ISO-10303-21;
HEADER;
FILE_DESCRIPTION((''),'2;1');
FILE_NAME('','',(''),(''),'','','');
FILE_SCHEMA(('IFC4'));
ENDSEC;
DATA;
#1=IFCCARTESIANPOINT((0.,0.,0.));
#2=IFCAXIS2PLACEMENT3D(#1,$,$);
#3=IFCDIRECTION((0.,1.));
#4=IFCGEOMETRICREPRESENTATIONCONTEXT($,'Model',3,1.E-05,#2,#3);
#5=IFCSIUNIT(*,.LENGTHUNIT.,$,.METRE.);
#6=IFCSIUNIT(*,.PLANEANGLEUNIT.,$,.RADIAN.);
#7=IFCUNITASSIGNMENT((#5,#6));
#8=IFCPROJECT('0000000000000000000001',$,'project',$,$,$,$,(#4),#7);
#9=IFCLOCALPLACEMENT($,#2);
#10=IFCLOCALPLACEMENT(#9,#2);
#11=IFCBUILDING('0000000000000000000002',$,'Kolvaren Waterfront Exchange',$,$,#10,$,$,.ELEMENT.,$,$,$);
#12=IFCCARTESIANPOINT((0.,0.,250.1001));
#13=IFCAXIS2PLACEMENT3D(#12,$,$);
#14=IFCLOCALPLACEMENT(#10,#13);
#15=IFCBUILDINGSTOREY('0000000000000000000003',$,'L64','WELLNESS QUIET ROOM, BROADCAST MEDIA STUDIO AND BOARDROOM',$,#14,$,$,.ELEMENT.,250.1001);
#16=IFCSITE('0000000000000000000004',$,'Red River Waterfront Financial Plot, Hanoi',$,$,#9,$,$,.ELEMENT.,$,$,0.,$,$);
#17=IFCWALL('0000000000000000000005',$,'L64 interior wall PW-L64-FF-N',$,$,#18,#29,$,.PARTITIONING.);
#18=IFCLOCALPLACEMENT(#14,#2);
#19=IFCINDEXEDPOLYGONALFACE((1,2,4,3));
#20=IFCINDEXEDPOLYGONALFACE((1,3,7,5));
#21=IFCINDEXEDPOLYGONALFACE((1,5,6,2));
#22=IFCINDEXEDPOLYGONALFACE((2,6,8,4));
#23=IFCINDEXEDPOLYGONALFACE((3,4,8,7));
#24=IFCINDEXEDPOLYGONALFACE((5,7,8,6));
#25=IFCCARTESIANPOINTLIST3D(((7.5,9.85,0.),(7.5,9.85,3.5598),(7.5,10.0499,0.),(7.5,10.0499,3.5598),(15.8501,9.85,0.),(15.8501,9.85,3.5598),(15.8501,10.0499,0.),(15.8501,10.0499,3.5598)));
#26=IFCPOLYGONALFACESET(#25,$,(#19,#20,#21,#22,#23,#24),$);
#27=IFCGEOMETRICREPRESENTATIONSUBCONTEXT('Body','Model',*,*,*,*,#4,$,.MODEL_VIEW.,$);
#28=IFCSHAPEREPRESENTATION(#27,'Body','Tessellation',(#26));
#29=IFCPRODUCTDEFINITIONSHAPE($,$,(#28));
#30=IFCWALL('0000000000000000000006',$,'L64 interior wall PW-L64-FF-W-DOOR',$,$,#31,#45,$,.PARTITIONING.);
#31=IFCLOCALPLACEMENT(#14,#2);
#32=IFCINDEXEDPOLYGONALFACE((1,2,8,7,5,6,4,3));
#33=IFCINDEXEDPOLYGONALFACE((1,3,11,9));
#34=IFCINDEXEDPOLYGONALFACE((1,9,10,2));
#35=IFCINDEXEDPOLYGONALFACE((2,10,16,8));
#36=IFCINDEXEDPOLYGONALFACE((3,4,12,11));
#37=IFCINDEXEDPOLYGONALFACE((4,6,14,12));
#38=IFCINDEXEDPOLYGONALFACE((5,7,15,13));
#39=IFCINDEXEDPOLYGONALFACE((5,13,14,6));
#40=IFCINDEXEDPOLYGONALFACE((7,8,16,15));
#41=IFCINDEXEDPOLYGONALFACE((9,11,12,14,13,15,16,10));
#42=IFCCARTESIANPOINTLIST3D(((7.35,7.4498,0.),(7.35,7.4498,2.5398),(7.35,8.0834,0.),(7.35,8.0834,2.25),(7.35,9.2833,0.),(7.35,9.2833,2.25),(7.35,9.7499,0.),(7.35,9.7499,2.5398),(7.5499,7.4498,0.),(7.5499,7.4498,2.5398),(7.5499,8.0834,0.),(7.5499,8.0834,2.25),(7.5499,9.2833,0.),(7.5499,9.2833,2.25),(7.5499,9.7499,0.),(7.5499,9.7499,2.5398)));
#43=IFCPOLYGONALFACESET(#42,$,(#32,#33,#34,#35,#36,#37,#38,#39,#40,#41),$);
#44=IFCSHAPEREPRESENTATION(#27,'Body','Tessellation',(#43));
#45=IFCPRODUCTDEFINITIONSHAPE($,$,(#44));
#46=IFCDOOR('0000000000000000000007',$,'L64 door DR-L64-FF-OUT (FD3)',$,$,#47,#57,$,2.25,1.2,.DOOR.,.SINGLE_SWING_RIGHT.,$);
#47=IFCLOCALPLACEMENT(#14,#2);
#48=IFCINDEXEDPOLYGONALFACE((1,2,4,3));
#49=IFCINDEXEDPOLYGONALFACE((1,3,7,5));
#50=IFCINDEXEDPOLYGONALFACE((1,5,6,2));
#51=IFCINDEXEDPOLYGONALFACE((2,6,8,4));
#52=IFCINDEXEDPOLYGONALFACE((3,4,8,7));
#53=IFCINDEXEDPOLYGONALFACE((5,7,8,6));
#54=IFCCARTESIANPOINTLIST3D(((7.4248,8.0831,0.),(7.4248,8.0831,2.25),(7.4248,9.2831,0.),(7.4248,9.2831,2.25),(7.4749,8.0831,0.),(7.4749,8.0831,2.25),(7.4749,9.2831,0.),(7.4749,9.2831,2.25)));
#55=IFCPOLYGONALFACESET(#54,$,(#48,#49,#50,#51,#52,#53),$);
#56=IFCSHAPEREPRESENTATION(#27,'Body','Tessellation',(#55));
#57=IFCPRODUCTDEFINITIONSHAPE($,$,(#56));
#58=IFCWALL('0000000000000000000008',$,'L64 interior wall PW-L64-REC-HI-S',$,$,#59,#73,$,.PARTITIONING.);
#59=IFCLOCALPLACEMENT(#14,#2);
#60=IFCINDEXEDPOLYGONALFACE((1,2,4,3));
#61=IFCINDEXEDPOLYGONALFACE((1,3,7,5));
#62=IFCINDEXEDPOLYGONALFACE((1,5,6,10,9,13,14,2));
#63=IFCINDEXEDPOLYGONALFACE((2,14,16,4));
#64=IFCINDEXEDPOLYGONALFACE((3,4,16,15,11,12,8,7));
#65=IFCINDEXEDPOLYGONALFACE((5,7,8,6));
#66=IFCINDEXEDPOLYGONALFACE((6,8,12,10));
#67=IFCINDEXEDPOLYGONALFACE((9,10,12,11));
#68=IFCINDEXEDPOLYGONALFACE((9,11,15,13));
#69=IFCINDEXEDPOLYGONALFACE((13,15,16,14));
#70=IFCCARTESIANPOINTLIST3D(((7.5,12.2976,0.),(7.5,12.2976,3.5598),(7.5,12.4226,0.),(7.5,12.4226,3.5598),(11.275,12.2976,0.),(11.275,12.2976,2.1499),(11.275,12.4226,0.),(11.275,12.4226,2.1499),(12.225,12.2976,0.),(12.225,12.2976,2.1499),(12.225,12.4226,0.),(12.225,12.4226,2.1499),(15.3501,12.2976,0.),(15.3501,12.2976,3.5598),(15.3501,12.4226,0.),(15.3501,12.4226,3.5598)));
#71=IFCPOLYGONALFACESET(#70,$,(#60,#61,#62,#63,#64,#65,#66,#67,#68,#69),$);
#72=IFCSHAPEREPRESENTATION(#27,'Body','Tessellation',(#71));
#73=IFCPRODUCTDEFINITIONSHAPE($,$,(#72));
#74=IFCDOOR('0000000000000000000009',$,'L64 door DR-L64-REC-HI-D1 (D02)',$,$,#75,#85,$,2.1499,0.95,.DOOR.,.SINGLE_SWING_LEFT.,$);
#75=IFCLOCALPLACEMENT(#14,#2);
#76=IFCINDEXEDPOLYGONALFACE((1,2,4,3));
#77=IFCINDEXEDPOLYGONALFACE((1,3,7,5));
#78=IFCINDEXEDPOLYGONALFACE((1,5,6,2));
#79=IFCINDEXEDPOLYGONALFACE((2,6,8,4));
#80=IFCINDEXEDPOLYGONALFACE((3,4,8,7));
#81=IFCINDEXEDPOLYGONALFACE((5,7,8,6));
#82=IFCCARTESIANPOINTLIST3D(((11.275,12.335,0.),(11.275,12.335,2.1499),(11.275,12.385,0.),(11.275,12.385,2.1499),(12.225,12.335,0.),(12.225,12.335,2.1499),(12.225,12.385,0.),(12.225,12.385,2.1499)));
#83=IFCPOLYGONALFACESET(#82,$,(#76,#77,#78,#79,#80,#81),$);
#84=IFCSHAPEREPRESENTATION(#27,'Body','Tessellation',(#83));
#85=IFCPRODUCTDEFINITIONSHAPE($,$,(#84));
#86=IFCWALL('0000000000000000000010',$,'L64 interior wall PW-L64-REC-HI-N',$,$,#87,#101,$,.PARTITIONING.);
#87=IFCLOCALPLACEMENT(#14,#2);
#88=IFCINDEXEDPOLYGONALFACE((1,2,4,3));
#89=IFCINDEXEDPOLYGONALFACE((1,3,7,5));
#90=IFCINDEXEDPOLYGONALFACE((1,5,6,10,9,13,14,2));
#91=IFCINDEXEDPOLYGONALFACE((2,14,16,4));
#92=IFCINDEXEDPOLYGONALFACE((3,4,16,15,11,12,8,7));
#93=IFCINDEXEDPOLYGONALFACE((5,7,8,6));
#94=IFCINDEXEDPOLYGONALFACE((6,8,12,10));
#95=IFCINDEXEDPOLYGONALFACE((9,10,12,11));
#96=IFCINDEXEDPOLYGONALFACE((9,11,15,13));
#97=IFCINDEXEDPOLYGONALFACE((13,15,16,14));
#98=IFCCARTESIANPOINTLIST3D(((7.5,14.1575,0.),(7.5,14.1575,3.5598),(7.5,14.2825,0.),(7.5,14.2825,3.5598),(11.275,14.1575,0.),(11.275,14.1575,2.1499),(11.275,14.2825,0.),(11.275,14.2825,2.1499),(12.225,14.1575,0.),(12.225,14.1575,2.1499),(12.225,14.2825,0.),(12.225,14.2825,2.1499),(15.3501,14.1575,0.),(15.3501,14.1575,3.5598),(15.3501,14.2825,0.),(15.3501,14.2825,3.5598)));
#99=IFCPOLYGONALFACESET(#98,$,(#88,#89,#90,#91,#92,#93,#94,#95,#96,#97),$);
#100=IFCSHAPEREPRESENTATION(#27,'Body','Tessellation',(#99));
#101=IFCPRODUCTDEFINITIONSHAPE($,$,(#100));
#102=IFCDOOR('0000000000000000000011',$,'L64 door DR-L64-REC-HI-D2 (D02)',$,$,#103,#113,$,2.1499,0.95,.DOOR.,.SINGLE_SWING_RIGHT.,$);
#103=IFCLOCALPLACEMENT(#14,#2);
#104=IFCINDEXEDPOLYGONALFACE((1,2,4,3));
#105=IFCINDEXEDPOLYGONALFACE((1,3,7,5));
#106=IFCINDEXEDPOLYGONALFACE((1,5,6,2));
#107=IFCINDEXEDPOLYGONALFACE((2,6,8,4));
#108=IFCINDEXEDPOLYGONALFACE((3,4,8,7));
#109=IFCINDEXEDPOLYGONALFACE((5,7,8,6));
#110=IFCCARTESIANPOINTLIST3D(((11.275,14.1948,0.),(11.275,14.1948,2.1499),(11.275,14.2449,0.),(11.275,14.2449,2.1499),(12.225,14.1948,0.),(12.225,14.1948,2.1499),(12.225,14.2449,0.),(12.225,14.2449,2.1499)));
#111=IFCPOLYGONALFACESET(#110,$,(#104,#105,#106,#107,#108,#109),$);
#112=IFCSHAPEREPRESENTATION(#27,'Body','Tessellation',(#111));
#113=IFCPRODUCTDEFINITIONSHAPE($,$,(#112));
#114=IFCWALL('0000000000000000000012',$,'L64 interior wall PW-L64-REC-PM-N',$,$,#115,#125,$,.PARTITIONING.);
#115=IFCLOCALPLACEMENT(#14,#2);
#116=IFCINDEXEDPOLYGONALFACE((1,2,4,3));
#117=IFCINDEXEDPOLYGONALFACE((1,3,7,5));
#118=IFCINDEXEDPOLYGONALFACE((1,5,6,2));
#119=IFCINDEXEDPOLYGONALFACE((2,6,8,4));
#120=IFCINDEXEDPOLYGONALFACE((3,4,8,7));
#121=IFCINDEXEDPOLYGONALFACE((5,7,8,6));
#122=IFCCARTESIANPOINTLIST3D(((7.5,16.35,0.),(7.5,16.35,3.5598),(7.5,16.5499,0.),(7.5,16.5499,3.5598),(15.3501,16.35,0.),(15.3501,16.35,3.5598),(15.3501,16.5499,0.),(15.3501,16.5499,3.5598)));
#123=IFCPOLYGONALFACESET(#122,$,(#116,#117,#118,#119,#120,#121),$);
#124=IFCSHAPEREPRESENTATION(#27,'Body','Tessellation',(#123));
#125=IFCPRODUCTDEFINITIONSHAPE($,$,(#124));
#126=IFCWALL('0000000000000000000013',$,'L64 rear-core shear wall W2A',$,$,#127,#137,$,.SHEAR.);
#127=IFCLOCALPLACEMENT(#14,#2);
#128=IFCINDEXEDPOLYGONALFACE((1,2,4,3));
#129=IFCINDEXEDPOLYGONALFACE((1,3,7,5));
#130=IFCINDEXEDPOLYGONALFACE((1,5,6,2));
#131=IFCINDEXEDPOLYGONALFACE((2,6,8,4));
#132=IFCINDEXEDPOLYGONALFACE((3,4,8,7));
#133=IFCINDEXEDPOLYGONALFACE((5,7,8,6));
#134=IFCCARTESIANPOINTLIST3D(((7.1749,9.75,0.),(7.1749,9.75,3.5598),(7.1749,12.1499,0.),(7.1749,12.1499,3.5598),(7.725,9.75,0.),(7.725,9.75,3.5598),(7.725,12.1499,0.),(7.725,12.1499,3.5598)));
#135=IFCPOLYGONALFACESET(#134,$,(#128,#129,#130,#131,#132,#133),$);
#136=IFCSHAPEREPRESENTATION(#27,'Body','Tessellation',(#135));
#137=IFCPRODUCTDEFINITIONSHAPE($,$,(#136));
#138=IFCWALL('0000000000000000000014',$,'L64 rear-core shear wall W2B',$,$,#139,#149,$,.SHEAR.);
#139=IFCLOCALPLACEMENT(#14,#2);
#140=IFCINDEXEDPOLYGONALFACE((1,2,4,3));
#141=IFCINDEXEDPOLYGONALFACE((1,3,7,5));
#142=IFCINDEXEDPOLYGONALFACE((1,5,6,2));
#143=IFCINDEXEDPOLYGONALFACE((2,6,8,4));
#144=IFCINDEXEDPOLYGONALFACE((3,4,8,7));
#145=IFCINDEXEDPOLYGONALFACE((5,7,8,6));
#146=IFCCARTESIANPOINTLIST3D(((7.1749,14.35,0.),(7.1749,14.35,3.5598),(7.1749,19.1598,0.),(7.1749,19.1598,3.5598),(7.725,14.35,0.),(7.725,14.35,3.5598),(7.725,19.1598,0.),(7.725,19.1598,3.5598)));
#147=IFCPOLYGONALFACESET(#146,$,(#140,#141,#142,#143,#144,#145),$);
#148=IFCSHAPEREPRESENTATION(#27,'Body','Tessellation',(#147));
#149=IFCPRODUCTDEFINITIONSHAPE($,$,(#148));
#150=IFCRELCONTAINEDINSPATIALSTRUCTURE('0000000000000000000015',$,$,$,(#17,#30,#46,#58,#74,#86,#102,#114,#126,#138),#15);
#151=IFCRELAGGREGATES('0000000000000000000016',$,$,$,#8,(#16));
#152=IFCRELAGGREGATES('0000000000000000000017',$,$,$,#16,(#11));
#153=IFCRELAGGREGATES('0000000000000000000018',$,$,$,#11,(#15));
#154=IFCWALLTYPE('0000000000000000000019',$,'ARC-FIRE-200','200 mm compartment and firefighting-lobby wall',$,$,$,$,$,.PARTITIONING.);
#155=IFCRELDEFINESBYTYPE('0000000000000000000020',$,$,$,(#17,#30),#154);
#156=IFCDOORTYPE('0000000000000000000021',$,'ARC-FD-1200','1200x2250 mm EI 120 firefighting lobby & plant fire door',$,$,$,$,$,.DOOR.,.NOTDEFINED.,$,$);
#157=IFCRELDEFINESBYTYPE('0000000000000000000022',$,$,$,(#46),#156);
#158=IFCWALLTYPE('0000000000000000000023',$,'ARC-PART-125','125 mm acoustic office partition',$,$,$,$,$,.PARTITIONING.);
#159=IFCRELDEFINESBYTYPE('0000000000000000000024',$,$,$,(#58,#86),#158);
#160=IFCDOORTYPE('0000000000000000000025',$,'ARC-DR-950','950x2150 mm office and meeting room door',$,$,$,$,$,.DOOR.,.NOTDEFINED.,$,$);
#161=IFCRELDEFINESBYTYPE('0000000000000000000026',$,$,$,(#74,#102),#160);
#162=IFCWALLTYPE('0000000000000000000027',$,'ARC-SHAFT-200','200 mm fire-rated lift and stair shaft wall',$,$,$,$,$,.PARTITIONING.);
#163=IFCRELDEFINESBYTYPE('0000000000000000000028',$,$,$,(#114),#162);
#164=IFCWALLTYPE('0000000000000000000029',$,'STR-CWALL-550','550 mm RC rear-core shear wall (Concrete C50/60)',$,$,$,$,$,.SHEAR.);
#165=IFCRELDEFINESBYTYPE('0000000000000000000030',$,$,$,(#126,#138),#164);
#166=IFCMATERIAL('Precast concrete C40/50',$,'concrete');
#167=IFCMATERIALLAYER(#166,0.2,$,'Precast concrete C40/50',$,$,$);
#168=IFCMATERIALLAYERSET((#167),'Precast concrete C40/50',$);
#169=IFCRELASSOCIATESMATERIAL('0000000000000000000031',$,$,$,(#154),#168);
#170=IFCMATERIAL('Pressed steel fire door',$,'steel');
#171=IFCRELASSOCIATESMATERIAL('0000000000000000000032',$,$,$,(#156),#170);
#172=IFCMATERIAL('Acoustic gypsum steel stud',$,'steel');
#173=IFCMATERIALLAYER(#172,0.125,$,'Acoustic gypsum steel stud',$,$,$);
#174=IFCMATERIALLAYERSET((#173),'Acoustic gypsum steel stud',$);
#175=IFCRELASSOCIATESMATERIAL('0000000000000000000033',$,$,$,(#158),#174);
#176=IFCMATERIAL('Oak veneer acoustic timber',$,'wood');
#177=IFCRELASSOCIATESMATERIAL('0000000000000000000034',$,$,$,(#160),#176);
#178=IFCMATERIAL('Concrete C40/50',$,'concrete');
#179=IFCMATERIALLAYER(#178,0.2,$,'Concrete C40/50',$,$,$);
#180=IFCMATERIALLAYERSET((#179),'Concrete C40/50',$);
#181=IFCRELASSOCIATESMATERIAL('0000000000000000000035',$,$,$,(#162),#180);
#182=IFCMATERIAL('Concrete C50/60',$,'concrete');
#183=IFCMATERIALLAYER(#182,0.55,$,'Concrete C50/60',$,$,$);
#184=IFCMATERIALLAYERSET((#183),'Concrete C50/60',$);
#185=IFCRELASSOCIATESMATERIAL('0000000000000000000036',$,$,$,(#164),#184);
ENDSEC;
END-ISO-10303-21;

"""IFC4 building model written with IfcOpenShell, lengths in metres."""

from ifc_helpers import new_model, si_unit, direction, frame, frame_2d, origin, place, context, subcontext, project, spatial, rectangle, extrude, material, layer, layer_set, type_object, element, fill, save


model = new_model("IFC4")

# Units and contexts
model_context = context("Model", 3, precision=1e-05, world=origin(), true_north=direction((0.0, 1.0)))
body_context = subcontext(model_context, "Body", "Model", "MODEL_VIEW")
ifc_project = project(units=[si_unit("LENGTHUNIT", "METRE"), si_unit("PLANEANGLEUNIT", "RADIAN")], contexts=[model_context])

# Site, building, storey
site_placement = place(None, origin())
site = spatial("IfcSite", under=ifc_project, at=site_placement, Name="Red River Waterfront Financial Plot, Hanoi", CompositionType="ELEMENT", RefElevation=0.0)
building_placement = place(site_placement, origin())
building = spatial("IfcBuilding", under=site, at=building_placement, Name="Kolvaren Waterfront Exchange", CompositionType="ELEMENT")
storey_placement = place(building_placement, frame((0.0, 0.0, 250.1001)))
storey = spatial("IfcBuildingStorey", under=building, at=storey_placement, Name="L64", Description="WELLNESS QUIET ROOM, BROADCAST MEDIA STUDIO AND BOARDROOM", CompositionType="ELEMENT", Elevation=250.1001)

# Wall
ifc_material_1 = material(Name="Precast concrete C40/50", Category="concrete")
ifc_layer_1 = layer(ifc_material_1, 0.2, Name="Precast concrete C40/50")
ifc_layer_set_1 = layer_set([ifc_layer_1], Name="Precast concrete C40/50")
wall_type_1 = type_object("IfcWallType", Name="ARC-FIRE-200", Description="200 mm compartment and firefighting-lobby wall", PredefinedType="PARTITIONING", material=ifc_layer_set_1)
wall_1_placement = place(storey_placement, frame((7.5, 9.95, 0.0), z_axis=(0.0, 0.0, 1.0), x_axis=(1.0, 0.0, 0.0)))
element("IfcWall", 1, at=wall_1_placement, inside=storey, type_object=wall_type_1, Name="L64 interior wall PW-L64-FF-N", PredefinedType="PARTITIONING", context=body_context, shape_type="SweptSolid", body=[
    extrude(rectangle(XDim=8.3501, YDim=0.2, at=frame_2d((4.175, 0.0))), origin(), (0.0, 0.0, 1.0), 3.5598),
])

# Walls, openings, doors
wall_2_placement = place(storey_placement, frame((7.45, 7.45, 0.0), z_axis=(0.0, 0.0, 1.0), x_axis=(0.0, 1.0, 0.0)))
wall_2 = element("IfcWall", 2, at=wall_2_placement, inside=storey, type_object=wall_type_1, Name="L64 interior wall PW-L64-FF-W-DOOR", PredefinedType="PARTITIONING", context=body_context, shape_type="SweptSolid", body=[
    extrude(rectangle(XDim=2.3, YDim=0.2, at=frame_2d((1.1499, 0.0))), origin(), (0.0, 0.0, 1.0), 2.5398),
])
opening_1_placement = place(wall_2_placement, frame((0.6333, 0.0, 0.0)))
opening_1 = element("IfcOpeningElement", 3, at=opening_1_placement, cuts=wall_2, PredefinedType="OPENING", context=body_context, shape_type="SweptSolid", body=[
    extrude(rectangle(XDim=1.2, YDim=2.25, at=frame_2d((0.6001, 1.125))), frame((0.0, 0.1099, 0.0), z_axis=(0.0, -1.0, 0.0), x_axis=(1.0, 0.0, 0.0)), (0.0, 0.0, 1.0), 0.22),
])
ifc_material_2 = material(Name="Pressed steel fire door", Category="steel")
door_type_1 = type_object("IfcDoorType", Name="ARC-FD-1200", Description="1200x2250 mm EI 120 firefighting lobby & plant fire door", OperationType="NOTDEFINED", PredefinedType="DOOR", material=ifc_material_2)
door_1_placement = place(opening_1_placement, frame((1.2, 0.0, 0.0), z_axis=(0.0, 0.0, 1.0), x_axis=(-1.0, 0.0, 0.0)))
door_1 = element("IfcDoor", 4, at=door_1_placement, inside=storey, type_object=door_type_1, Name="L64 door DR-L64-FF-OUT (FD3)", OperationType="SINGLE_SWING_RIGHT", OverallHeight=2.25, OverallWidth=1.2, PredefinedType="DOOR", context=body_context, shape_type="SweptSolid", body=[
    extrude(rectangle(XDim=1.2, YDim=2.25, at=frame_2d((0.6001, 1.125))), frame((0.0, 0.0249, 0.0), z_axis=(0.0, -1.0, 0.0), x_axis=(1.0, 0.0, 0.0)), (0.0, 0.0, 1.0), 0.05),
])
fill(opening_1, door_1)
ifc_material_3 = material(Name="Acoustic gypsum steel stud", Category="steel")
ifc_layer_2 = layer(ifc_material_3, 0.125, Name="Acoustic gypsum steel stud")
ifc_layer_set_2 = layer_set([ifc_layer_2], Name="Acoustic gypsum steel stud")
wall_type_2 = type_object("IfcWallType", Name="ARC-PART-125", Description="125 mm acoustic office partition", PredefinedType="PARTITIONING", material=ifc_layer_set_2)
wall_3_placement = place(storey_placement, frame((7.5, 12.3601, 0.0), z_axis=(0.0, 0.0, 1.0), x_axis=(1.0, 0.0, 0.0)))
wall_3 = element("IfcWall", 5, at=wall_3_placement, inside=storey, type_object=wall_type_2, Name="L64 interior wall PW-L64-REC-HI-S", PredefinedType="PARTITIONING", context=body_context, shape_type="SweptSolid", body=[
    extrude(rectangle(XDim=7.8501, YDim=0.125, at=frame_2d((3.925, 0.0))), origin(), (0.0, 0.0, 1.0), 3.5598),
])
opening_2_placement = place(wall_3_placement, frame((3.7749, 0.0, 0.0)))
opening_2 = element("IfcOpeningElement", 6, at=opening_2_placement, cuts=wall_3, PredefinedType="OPENING", context=body_context, shape_type="SweptSolid", body=[
    extrude(rectangle(XDim=0.95, YDim=2.1499, at=frame_2d((0.4751, 1.075))), frame((0.0, 0.0725, 0.0), z_axis=(0.0, -1.0, 0.0), x_axis=(1.0, 0.0, 0.0)), (0.0, 0.0, 1.0), 0.145),
])
ifc_material_4 = material(Name="Oak veneer acoustic timber", Category="wood")
door_type_2 = type_object("IfcDoorType", Name="ARC-DR-950", Description="950x2150 mm office and meeting room door", OperationType="NOTDEFINED", PredefinedType="DOOR", material=ifc_material_4)
door_2_placement = place(opening_2_placement, origin())
door_2 = element("IfcDoor", 7, at=door_2_placement, inside=storey, type_object=door_type_2, Name="L64 door DR-L64-REC-HI-D1 (D02)", OperationType="SINGLE_SWING_LEFT", OverallHeight=2.1499, OverallWidth=0.95, PredefinedType="DOOR", context=body_context, shape_type="SweptSolid", body=[
    extrude(rectangle(XDim=0.95, YDim=2.1499, at=frame_2d((0.4751, 1.075))), frame((0.0, 0.0249, 0.0), z_axis=(0.0, -1.0, 0.0), x_axis=(1.0, 0.0, 0.0)), (0.0, 0.0, 1.0), 0.05),
])
fill(opening_2, door_2)
wall_4_placement = place(storey_placement, frame((7.5, 14.22, 0.0), z_axis=(0.0, 0.0, 1.0), x_axis=(1.0, 0.0, 0.0)))
wall_4 = element("IfcWall", 8, at=wall_4_placement, inside=storey, type_object=wall_type_2, Name="L64 interior wall PW-L64-REC-HI-N", PredefinedType="PARTITIONING", context=body_context, shape_type="SweptSolid", body=[
    extrude(rectangle(XDim=7.8501, YDim=0.125, at=frame_2d((3.925, 0.0))), origin(), (0.0, 0.0, 1.0), 3.5598),
])
opening_3_placement = place(wall_4_placement, frame((3.7749, 0.0, 0.0)))
opening_3 = element("IfcOpeningElement", 9, at=opening_3_placement, cuts=wall_4, PredefinedType="OPENING", context=body_context, shape_type="SweptSolid", body=[
    extrude(rectangle(XDim=0.95, YDim=2.1499, at=frame_2d((0.4751, 1.075))), frame((0.0, 0.0725, 0.0), z_axis=(0.0, -1.0, 0.0), x_axis=(1.0, 0.0, 0.0)), (0.0, 0.0, 1.0), 0.145),
])
door_3_placement = place(opening_3_placement, origin())
door_3 = element("IfcDoor", 10, at=door_3_placement, inside=storey, type_object=door_type_2, Name="L64 door DR-L64-REC-HI-D2 (D02)", OperationType="SINGLE_SWING_RIGHT", OverallHeight=2.1499, OverallWidth=0.95, PredefinedType="DOOR", context=body_context, shape_type="SweptSolid", body=[
    extrude(rectangle(XDim=0.95, YDim=2.1499, at=frame_2d((0.4751, 1.075))), frame((0.0, 0.0249, 0.0), z_axis=(0.0, -1.0, 0.0), x_axis=(1.0, 0.0, 0.0)), (0.0, 0.0, 1.0), 0.05),
])
fill(opening_3, door_3)

# Walls
ifc_material_5 = material(Name="Concrete C40/50", Category="concrete")
ifc_layer_3 = layer(ifc_material_5, 0.2, Name="Concrete C40/50")
ifc_layer_set_3 = layer_set([ifc_layer_3], Name="Concrete C40/50")
wall_type_3 = type_object("IfcWallType", Name="ARC-SHAFT-200", Description="200 mm fire-rated lift and stair shaft wall", PredefinedType="PARTITIONING", material=ifc_layer_set_3)
wall_5_placement = place(storey_placement, frame((7.5, 16.45, 0.0), z_axis=(0.0, 0.0, 1.0), x_axis=(1.0, 0.0, 0.0)))
element("IfcWall", 11, at=wall_5_placement, inside=storey, type_object=wall_type_3, Name="L64 interior wall PW-L64-REC-PM-N", PredefinedType="PARTITIONING", context=body_context, shape_type="SweptSolid", body=[
    extrude(rectangle(XDim=7.8501, YDim=0.2, at=frame_2d((3.925, 0.0))), origin(), (0.0, 0.0, 1.0), 3.5598),
])
ifc_material_6 = material(Name="Concrete C50/60", Category="concrete")
ifc_layer_4 = layer(ifc_material_6, 0.55, Name="Concrete C50/60")
ifc_layer_set_4 = layer_set([ifc_layer_4], Name="Concrete C50/60")
wall_type_4 = type_object("IfcWallType", Name="STR-CWALL-550", Description="550 mm RC rear-core shear wall (Concrete C50/60)", PredefinedType="SHEAR", material=ifc_layer_set_4)
wall_6_placement = place(storey_placement, frame((7.45, 9.75, 0.0), z_axis=(0.0, 0.0, 1.0), x_axis=(0.0, 1.0, 0.0)))
element("IfcWall", 12, at=wall_6_placement, inside=storey, type_object=wall_type_4, Name="L64 rear-core shear wall W2A", PredefinedType="SHEAR", context=body_context, shape_type="SweptSolid", body=[
    extrude(rectangle(XDim=2.3999, YDim=0.55, at=frame_2d((1.2, 0.0))), origin(), (0.0, 0.0, 1.0), 3.5598),
])
wall_7_placement = place(storey_placement, frame((7.45, 14.3501, 0.0), z_axis=(0.0, 0.0, 1.0), x_axis=(0.0, 1.0, 0.0)))
element("IfcWall", 13, at=wall_7_placement, inside=storey, type_object=wall_type_4, Name="L64 rear-core shear wall W2B", PredefinedType="SHEAR", context=body_context, shape_type="SweptSolid", body=[
    extrude(rectangle(XDim=4.8098, YDim=0.55, at=frame_2d((2.4048, 0.0))), origin(), (0.0, 0.0, 1.0), 3.5598),
])

save(model, "model.ifc")
